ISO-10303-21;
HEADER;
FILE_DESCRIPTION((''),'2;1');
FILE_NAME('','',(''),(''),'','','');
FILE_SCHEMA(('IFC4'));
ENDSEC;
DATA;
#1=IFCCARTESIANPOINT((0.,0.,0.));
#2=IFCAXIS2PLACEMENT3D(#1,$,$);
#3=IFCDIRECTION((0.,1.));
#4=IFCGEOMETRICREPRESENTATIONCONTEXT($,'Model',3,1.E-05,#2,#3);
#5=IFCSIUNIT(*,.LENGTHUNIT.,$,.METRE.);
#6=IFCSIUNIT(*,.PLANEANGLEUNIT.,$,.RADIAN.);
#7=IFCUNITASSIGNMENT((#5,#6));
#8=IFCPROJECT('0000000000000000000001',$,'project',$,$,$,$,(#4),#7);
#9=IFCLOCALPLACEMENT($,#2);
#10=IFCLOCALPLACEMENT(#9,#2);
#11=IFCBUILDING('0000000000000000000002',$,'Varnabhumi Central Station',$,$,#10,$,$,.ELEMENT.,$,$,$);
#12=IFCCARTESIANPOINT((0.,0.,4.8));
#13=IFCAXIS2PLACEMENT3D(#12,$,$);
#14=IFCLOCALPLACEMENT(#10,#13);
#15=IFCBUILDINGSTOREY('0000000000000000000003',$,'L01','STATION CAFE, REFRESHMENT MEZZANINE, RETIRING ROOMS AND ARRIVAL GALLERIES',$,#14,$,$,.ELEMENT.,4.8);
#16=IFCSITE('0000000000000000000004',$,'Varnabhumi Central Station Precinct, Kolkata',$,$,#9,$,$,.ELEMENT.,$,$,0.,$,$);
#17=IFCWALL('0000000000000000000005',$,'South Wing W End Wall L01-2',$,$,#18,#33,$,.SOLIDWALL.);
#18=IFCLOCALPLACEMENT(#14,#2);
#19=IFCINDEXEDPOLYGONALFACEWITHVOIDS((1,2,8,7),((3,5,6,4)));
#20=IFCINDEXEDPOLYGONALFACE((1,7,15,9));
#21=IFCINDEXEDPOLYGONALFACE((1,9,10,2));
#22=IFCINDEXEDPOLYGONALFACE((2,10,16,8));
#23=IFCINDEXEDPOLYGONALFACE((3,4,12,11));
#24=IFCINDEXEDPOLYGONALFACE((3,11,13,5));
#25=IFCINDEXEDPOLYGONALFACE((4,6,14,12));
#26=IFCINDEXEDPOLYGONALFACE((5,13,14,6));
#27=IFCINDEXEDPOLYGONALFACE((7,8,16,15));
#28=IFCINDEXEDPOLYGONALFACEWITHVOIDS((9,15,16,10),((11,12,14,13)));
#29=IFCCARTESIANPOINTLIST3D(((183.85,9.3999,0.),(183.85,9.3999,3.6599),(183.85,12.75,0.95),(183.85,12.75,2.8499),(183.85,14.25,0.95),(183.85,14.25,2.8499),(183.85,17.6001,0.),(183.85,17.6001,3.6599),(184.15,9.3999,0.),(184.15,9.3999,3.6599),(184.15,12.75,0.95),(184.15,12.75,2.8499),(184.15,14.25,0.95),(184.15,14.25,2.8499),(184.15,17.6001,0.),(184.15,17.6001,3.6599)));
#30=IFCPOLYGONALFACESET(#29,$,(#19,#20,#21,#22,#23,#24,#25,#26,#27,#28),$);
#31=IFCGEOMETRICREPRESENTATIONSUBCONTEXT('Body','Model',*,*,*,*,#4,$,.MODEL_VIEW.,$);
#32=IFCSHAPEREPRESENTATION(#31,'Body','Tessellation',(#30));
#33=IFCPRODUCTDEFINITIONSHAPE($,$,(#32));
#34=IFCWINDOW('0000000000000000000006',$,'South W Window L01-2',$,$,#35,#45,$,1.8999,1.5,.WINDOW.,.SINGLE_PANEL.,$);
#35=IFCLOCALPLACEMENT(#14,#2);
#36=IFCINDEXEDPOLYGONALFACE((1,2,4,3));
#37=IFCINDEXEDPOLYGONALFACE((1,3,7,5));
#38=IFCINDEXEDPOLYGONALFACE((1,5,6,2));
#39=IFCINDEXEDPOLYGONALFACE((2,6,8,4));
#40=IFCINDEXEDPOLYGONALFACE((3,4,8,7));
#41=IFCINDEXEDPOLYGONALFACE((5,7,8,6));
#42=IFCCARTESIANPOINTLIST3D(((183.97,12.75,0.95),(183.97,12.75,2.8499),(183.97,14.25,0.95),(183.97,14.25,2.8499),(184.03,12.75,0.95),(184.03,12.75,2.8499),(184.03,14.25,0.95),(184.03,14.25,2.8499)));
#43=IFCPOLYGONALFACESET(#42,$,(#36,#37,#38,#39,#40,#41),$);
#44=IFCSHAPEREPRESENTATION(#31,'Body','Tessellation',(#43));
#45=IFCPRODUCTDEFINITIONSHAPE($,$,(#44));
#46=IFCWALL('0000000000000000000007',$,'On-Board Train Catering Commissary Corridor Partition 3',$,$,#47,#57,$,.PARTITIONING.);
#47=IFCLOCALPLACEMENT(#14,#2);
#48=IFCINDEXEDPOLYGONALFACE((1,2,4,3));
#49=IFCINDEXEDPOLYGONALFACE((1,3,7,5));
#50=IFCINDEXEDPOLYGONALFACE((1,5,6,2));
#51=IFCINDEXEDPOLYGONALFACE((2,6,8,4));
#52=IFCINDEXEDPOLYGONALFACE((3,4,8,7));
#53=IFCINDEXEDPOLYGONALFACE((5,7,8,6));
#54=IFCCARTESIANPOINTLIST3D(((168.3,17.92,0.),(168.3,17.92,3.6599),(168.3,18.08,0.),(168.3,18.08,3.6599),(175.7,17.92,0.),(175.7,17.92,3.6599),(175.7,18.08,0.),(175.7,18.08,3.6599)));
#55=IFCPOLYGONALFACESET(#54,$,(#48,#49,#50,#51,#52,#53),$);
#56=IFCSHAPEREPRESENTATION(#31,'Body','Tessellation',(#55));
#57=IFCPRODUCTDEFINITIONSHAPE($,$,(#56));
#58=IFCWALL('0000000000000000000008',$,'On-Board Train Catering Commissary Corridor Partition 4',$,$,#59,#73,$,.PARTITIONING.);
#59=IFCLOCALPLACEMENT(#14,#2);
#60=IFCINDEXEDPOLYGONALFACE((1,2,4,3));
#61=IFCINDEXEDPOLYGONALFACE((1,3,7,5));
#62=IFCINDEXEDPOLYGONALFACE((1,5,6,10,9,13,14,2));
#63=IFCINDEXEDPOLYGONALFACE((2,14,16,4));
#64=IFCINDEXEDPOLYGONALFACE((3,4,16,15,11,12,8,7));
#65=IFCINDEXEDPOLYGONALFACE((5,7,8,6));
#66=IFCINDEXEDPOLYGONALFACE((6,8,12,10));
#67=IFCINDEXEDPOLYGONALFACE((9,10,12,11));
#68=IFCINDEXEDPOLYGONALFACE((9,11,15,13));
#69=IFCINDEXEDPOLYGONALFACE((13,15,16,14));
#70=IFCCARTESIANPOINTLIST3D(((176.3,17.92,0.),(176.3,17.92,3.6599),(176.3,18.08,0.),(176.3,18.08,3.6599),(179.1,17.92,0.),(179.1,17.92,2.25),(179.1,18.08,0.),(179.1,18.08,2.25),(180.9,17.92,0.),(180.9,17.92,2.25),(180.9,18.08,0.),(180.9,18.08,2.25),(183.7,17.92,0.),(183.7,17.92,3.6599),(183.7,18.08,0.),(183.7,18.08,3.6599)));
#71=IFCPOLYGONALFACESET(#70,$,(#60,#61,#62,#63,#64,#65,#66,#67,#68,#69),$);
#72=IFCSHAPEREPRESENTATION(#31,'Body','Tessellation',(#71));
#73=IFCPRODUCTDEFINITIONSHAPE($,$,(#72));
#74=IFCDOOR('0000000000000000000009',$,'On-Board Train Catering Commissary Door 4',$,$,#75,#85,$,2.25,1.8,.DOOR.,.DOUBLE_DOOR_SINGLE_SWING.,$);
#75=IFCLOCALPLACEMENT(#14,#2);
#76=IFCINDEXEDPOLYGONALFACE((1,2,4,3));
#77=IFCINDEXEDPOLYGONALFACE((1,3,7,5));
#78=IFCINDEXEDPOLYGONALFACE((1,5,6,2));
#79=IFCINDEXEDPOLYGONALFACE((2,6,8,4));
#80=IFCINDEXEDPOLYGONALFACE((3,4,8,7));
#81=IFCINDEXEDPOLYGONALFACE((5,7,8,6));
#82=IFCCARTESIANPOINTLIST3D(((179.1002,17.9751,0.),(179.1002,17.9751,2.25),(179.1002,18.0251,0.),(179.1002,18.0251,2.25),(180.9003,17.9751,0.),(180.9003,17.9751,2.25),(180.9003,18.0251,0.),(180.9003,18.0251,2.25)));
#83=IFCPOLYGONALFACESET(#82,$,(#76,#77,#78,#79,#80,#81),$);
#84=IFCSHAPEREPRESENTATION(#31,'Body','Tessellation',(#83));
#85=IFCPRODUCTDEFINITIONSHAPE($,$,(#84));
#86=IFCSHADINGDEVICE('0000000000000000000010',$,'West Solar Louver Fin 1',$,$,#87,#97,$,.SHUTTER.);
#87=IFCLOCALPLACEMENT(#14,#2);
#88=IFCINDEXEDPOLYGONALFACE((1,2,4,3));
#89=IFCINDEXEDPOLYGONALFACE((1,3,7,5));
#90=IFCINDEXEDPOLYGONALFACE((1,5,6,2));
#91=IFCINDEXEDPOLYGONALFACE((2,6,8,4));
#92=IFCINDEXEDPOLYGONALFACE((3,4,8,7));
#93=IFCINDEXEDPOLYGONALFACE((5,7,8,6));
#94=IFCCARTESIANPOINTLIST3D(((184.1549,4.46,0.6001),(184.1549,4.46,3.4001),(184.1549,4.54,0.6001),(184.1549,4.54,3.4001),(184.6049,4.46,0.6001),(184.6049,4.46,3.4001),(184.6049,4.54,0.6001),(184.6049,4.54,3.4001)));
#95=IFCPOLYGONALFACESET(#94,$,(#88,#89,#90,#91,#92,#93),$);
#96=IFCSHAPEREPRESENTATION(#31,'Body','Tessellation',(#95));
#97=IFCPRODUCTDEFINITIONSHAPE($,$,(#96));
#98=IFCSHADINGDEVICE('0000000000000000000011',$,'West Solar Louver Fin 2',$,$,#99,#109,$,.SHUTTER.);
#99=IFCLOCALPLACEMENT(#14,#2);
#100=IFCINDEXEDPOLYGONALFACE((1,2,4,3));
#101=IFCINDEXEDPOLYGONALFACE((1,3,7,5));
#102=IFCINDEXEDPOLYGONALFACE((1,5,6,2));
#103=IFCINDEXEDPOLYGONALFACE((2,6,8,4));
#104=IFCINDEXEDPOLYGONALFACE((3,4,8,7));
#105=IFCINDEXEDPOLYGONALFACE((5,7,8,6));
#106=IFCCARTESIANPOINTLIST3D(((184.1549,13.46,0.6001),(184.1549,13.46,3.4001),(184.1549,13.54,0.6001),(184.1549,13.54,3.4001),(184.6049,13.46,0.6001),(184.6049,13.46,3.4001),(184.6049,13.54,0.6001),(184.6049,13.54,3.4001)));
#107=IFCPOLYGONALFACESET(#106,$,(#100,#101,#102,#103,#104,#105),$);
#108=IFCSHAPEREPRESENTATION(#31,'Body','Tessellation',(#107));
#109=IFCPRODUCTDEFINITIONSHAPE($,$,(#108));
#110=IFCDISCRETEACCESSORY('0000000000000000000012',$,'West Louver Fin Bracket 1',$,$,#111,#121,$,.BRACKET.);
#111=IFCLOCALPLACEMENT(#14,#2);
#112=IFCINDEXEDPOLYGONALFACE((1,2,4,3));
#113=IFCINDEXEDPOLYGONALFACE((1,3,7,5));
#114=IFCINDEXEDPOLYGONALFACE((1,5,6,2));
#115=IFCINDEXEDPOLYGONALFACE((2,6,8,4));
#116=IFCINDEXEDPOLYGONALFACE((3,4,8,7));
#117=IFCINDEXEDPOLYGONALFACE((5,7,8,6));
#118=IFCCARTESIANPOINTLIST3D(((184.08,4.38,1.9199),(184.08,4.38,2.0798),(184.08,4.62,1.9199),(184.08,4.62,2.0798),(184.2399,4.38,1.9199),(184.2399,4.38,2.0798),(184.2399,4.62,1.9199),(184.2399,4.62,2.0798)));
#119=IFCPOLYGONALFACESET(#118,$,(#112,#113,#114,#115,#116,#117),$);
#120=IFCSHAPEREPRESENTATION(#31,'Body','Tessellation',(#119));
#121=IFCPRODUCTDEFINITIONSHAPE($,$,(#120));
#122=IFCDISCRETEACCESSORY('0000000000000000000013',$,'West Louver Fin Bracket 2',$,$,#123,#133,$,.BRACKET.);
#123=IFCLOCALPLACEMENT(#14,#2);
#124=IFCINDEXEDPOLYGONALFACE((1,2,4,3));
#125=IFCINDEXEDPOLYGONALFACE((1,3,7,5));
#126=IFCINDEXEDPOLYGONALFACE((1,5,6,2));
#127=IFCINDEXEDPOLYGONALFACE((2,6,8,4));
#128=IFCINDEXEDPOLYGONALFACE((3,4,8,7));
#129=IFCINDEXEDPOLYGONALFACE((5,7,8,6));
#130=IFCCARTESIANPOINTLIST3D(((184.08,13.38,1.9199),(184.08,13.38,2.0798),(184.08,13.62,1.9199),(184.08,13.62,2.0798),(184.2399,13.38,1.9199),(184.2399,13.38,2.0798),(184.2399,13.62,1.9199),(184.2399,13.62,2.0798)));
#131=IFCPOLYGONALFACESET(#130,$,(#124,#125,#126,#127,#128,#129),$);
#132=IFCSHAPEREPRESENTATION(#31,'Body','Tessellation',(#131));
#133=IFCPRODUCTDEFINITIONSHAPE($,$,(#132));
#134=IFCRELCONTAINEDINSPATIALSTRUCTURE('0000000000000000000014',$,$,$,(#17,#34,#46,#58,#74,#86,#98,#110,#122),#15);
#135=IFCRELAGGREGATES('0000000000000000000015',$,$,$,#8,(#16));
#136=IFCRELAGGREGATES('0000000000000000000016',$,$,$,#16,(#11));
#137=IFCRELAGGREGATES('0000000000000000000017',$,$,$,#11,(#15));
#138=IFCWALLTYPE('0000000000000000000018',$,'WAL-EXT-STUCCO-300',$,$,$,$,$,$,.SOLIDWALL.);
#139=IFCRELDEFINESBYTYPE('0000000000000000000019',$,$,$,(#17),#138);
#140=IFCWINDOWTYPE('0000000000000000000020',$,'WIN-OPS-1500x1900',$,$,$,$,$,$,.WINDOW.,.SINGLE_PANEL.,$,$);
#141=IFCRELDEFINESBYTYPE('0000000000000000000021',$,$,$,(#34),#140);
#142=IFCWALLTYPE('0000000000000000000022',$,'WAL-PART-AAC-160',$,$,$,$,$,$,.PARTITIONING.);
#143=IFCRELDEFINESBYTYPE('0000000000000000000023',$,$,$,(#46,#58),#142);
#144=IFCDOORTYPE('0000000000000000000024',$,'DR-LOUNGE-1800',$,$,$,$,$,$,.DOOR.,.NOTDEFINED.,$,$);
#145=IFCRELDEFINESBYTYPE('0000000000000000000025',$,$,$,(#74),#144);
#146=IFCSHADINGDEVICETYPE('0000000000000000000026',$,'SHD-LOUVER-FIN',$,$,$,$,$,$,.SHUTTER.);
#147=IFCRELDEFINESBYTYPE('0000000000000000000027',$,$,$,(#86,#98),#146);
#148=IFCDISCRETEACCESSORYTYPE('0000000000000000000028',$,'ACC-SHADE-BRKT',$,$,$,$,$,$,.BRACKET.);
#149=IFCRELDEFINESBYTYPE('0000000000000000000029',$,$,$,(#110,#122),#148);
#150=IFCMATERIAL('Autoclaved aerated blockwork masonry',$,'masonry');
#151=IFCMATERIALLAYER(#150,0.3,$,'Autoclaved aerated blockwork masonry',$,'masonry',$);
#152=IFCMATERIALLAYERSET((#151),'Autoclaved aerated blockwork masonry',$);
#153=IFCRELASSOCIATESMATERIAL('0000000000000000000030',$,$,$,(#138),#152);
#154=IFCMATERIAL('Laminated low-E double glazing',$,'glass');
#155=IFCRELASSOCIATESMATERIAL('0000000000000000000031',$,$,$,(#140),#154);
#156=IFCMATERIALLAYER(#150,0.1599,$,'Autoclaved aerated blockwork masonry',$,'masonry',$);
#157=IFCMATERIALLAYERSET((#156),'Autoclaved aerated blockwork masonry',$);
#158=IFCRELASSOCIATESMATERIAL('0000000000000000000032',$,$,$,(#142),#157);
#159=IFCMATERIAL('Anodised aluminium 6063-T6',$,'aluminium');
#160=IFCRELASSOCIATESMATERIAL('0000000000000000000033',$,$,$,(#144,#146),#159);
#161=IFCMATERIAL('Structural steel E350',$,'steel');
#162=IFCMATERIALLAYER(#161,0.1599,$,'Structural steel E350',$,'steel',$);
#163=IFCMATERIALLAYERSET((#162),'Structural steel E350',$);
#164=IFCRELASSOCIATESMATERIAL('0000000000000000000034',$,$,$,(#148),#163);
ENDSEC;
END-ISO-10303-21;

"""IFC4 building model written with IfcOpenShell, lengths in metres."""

from ifc_helpers import new_model, si_unit, direction, frame, frame_2d, origin, origin_2d, place, context, subcontext, project, spatial, rectangle, extrude, material, layer, layer_set, type_object, element, fill, save


model = new_model("IFC4")

# Units and contexts
model_context = context("Model", 3, precision=1e-05, world=origin(), true_north=direction((0.0, 1.0)))
body_context = subcontext(model_context, "Body", "Model", "MODEL_VIEW")
ifc_project = project(units=[si_unit("LENGTHUNIT", "METRE"), si_unit("PLANEANGLEUNIT", "RADIAN")], contexts=[model_context])

# Site, building, storey
site_placement = place(None, origin())
site = spatial("IfcSite", under=ifc_project, at=site_placement, Name="Varnabhumi Central Station Precinct, Kolkata", CompositionType="ELEMENT", RefElevation=0.0)
building_placement = place(site_placement, origin())
building = spatial("IfcBuilding", under=site, at=building_placement, Name="Varnabhumi Central Station", CompositionType="ELEMENT")
storey_placement = place(building_placement, frame((0.0, 0.0, 4.8)))
storey = spatial("IfcBuildingStorey", under=building, at=storey_placement, Name="L01", Description="STATION CAFE, REFRESHMENT MEZZANINE, RETIRING ROOMS AND ARRIVAL GALLERIES", CompositionType="ELEMENT", Elevation=4.8)

# Shared definitions
ifc_material_1 = material(Name="Autoclaved aerated blockwork masonry", Category="masonry")

# Wall, opening, window
ifc_layer_1 = layer(ifc_material_1, 0.3, Name="Autoclaved aerated blockwork masonry", Category="masonry")
ifc_layer_set_1 = layer_set([ifc_layer_1], Name="Autoclaved aerated blockwork masonry")
wall_type_1 = type_object("IfcWallType", Name="WAL-EXT-STUCCO-300", PredefinedType="SOLIDWALL", material=ifc_layer_set_1)
wall_1_placement = place(storey_placement, frame((184.0, 9.3999, 0.0), z_axis=(0.0, 0.0, 1.0), x_axis=(0.0, 1.0, 0.0)))
wall_1 = element("IfcWall", 1, at=wall_1_placement, inside=storey, type_object=wall_type_1, Name="South Wing W End Wall L01-2", PredefinedType="SOLIDWALL", context=body_context, shape_type="SweptSolid", body=[
    extrude(rectangle(XDim=8.2002, YDim=0.3, at=frame_2d((4.1001, 0.0))), origin(), (0.0, 0.0, 1.0), 3.6599),
])
opening_1_placement = place(wall_1_placement, frame((3.3501, 0.0, 0.95)))
opening_1 = element("IfcOpeningElement", 2, at=opening_1_placement, cuts=wall_1, PredefinedType="OPENING", context=body_context, shape_type="SweptSolid", body=[
    extrude(rectangle(XDim=1.5, YDim=1.8999, at=frame_2d((0.75, 0.95))), frame((0.0, 0.1599, 0.0), z_axis=(0.0, -1.0, 0.0), x_axis=(1.0, 0.0, 0.0)), (0.0, 0.0, 1.0), 0.3201),
])
ifc_material_2 = material(Name="Laminated low-E double glazing", Category="glass")
window_type = type_object("IfcWindowType", Name="WIN-OPS-1500x1900", PartitioningType="SINGLE_PANEL", PredefinedType="WINDOW", material=ifc_material_2)
window_placement = place(opening_1_placement, origin())
window = element("IfcWindow", 3, at=window_placement, inside=storey, type_object=window_type, Name="South W Window L01-2", OverallHeight=1.8999, OverallWidth=1.5, PartitioningType="SINGLE_PANEL", PredefinedType="WINDOW", context=body_context, shape_type="SweptSolid", body=[
    extrude(rectangle(XDim=1.5, YDim=1.8999, at=frame_2d((0.75, 0.95))), frame((0.0, 0.03, 0.0), z_axis=(0.0, -1.0, 0.0), x_axis=(1.0, 0.0, 0.0)), (0.0, 0.0, 1.0), 0.0601),
])
fill(opening_1, window)

# Wall
ifc_layer_2 = layer(ifc_material_1, 0.1599, Name="Autoclaved aerated blockwork masonry", Category="masonry")
ifc_layer_set_2 = layer_set([ifc_layer_2], Name="Autoclaved aerated blockwork masonry")
wall_type_2 = type_object("IfcWallType", Name="WAL-PART-AAC-160", PredefinedType="PARTITIONING", material=ifc_layer_set_2)
wall_2_placement = place(storey_placement, frame((168.3, 18.0, 0.0), z_axis=(0.0, 0.0, 1.0), x_axis=(1.0, 0.0, 0.0)))
element("IfcWall", 4, at=wall_2_placement, inside=storey, type_object=wall_type_2, Name="On-Board Train Catering Commissary Corridor Partition 3", PredefinedType="PARTITIONING", context=body_context, shape_type="SweptSolid", body=[
    extrude(rectangle(XDim=7.3999, YDim=0.1599, at=frame_2d((3.7, 0.0))), origin(), (0.0, 0.0, 1.0), 3.6599),
])

# Wall, opening, door
wall_3_placement = place(storey_placement, frame((176.3, 18.0, 0.0), z_axis=(0.0, 0.0, 1.0), x_axis=(1.0, 0.0, 0.0)))
wall_3 = element("IfcWall", 5, at=wall_3_placement, inside=storey, type_object=wall_type_2, Name="On-Board Train Catering Commissary Corridor Partition 4", PredefinedType="PARTITIONING", context=body_context, shape_type="SweptSolid", body=[
    extrude(rectangle(XDim=7.3999, YDim=0.1599, at=frame_2d((3.7, 0.0))), origin(), (0.0, 0.0, 1.0), 3.6599),
])
opening_2_placement = place(wall_3_placement, frame((2.8, 0.0, 0.0)))
opening_2 = element("IfcOpeningElement", 6, at=opening_2_placement, cuts=wall_3, PredefinedType="OPENING", context=body_context, shape_type="SweptSolid", body=[
    extrude(rectangle(XDim=1.8, YDim=2.25, at=frame_2d((0.8999, 1.125))), frame((0.0, 0.0898, 0.0), z_axis=(0.0, -1.0, 0.0), x_axis=(1.0, 0.0, 0.0)), (0.0, 0.0, 1.0), 0.1799),
])
ifc_material_3 = material(Name="Anodised aluminium 6063-T6", Category="aluminium")
door_type_1 = type_object("IfcDoorType", Name="DR-LOUNGE-1800", OperationType="NOTDEFINED", PredefinedType="DOOR", material=ifc_material_3)
door_1_placement = place(opening_2_placement, frame((1.8, 0.0, 0.0), z_axis=(0.0, 0.0, 1.0), x_axis=(-1.0, 0.0, 0.0)))
door_1 = element("IfcDoor", 7, at=door_1_placement, inside=storey, type_object=door_type_1, Name="On-Board Train Catering Commissary Door 4", OperationType="DOUBLE_DOOR_SINGLE_SWING", OverallHeight=2.25, OverallWidth=1.8, PredefinedType="DOOR", context=body_context, shape_type="SweptSolid", body=[
    extrude(rectangle(XDim=1.8, YDim=2.25, at=frame_2d((0.8999, 1.125))), frame((0.0, 0.0249, 0.0), z_axis=(0.0, -1.0, 0.0), x_axis=(1.0, 0.0, 0.0)), (0.0, 0.0, 1.0), 0.05),
])
fill(opening_2, door_1)

# Shading devices
shading_device_type = type_object("IfcShadingDeviceType", Name="SHD-LOUVER-FIN", PredefinedType="SHUTTER", material=ifc_material_3)
for number, where, z_axis, x_axis, name in (
    (8, (184.3799, 4.5, 0.6001), (0.0, 0.0, 1.0), (1.0, 0.0, 0.0), "West Solar Louver Fin 1"),
    (9, (184.3799, 13.5, 0.6001), (0.0, 0.0, 1.0), (1.0, 0.0, 0.0), "West Solar Louver Fin 2"),
):
    element("IfcShadingDevice", number, at=place(storey_placement, frame(where, z_axis=z_axis, x_axis=x_axis)), inside=storey, type_object=shading_device_type, Name=name, PredefinedType="SHUTTER", context=body_context, shape_type="SweptSolid", body=[
        extrude(rectangle(XDim=0.45, YDim=0.0801, at=origin_2d()), origin(), (0.0, 0.0, 1.0), 2.8),
    ])

# Discrete accessories
ifc_material_4 = material(Name="Structural steel E350", Category="steel")
ifc_layer_3 = layer(ifc_material_4, 0.1599, Name="Structural steel E350", Category="steel")
ifc_layer_set_3 = layer_set([ifc_layer_3], Name="Structural steel E350")
discrete_accessory_type = type_object("IfcDiscreteAccessoryType", Name="ACC-SHADE-BRKT", PredefinedType="BRACKET", material=ifc_layer_set_3)
for number, where, z_axis, x_axis, name in (
    (10, (184.1599, 4.5, 1.9199), (0.0, 0.0, 1.0), (1.0, 0.0, 0.0), "West Louver Fin Bracket 1"),
    (11, (184.1599, 13.5, 1.9199), (0.0, 0.0, 1.0), (1.0, 0.0, 0.0), "West Louver Fin Bracket 2"),
):
    element("IfcDiscreteAccessory", number, at=place(storey_placement, frame(where, z_axis=z_axis, x_axis=x_axis)), inside=storey, type_object=discrete_accessory_type, Name=name, PredefinedType="BRACKET", context=body_context, shape_type="SweptSolid", body=[
        extrude(rectangle(XDim=0.1599, YDim=0.24, at=origin_2d()), origin(), (0.0, 0.0, 1.0), 0.1599),
    ])

save(model, "model.ifc")
